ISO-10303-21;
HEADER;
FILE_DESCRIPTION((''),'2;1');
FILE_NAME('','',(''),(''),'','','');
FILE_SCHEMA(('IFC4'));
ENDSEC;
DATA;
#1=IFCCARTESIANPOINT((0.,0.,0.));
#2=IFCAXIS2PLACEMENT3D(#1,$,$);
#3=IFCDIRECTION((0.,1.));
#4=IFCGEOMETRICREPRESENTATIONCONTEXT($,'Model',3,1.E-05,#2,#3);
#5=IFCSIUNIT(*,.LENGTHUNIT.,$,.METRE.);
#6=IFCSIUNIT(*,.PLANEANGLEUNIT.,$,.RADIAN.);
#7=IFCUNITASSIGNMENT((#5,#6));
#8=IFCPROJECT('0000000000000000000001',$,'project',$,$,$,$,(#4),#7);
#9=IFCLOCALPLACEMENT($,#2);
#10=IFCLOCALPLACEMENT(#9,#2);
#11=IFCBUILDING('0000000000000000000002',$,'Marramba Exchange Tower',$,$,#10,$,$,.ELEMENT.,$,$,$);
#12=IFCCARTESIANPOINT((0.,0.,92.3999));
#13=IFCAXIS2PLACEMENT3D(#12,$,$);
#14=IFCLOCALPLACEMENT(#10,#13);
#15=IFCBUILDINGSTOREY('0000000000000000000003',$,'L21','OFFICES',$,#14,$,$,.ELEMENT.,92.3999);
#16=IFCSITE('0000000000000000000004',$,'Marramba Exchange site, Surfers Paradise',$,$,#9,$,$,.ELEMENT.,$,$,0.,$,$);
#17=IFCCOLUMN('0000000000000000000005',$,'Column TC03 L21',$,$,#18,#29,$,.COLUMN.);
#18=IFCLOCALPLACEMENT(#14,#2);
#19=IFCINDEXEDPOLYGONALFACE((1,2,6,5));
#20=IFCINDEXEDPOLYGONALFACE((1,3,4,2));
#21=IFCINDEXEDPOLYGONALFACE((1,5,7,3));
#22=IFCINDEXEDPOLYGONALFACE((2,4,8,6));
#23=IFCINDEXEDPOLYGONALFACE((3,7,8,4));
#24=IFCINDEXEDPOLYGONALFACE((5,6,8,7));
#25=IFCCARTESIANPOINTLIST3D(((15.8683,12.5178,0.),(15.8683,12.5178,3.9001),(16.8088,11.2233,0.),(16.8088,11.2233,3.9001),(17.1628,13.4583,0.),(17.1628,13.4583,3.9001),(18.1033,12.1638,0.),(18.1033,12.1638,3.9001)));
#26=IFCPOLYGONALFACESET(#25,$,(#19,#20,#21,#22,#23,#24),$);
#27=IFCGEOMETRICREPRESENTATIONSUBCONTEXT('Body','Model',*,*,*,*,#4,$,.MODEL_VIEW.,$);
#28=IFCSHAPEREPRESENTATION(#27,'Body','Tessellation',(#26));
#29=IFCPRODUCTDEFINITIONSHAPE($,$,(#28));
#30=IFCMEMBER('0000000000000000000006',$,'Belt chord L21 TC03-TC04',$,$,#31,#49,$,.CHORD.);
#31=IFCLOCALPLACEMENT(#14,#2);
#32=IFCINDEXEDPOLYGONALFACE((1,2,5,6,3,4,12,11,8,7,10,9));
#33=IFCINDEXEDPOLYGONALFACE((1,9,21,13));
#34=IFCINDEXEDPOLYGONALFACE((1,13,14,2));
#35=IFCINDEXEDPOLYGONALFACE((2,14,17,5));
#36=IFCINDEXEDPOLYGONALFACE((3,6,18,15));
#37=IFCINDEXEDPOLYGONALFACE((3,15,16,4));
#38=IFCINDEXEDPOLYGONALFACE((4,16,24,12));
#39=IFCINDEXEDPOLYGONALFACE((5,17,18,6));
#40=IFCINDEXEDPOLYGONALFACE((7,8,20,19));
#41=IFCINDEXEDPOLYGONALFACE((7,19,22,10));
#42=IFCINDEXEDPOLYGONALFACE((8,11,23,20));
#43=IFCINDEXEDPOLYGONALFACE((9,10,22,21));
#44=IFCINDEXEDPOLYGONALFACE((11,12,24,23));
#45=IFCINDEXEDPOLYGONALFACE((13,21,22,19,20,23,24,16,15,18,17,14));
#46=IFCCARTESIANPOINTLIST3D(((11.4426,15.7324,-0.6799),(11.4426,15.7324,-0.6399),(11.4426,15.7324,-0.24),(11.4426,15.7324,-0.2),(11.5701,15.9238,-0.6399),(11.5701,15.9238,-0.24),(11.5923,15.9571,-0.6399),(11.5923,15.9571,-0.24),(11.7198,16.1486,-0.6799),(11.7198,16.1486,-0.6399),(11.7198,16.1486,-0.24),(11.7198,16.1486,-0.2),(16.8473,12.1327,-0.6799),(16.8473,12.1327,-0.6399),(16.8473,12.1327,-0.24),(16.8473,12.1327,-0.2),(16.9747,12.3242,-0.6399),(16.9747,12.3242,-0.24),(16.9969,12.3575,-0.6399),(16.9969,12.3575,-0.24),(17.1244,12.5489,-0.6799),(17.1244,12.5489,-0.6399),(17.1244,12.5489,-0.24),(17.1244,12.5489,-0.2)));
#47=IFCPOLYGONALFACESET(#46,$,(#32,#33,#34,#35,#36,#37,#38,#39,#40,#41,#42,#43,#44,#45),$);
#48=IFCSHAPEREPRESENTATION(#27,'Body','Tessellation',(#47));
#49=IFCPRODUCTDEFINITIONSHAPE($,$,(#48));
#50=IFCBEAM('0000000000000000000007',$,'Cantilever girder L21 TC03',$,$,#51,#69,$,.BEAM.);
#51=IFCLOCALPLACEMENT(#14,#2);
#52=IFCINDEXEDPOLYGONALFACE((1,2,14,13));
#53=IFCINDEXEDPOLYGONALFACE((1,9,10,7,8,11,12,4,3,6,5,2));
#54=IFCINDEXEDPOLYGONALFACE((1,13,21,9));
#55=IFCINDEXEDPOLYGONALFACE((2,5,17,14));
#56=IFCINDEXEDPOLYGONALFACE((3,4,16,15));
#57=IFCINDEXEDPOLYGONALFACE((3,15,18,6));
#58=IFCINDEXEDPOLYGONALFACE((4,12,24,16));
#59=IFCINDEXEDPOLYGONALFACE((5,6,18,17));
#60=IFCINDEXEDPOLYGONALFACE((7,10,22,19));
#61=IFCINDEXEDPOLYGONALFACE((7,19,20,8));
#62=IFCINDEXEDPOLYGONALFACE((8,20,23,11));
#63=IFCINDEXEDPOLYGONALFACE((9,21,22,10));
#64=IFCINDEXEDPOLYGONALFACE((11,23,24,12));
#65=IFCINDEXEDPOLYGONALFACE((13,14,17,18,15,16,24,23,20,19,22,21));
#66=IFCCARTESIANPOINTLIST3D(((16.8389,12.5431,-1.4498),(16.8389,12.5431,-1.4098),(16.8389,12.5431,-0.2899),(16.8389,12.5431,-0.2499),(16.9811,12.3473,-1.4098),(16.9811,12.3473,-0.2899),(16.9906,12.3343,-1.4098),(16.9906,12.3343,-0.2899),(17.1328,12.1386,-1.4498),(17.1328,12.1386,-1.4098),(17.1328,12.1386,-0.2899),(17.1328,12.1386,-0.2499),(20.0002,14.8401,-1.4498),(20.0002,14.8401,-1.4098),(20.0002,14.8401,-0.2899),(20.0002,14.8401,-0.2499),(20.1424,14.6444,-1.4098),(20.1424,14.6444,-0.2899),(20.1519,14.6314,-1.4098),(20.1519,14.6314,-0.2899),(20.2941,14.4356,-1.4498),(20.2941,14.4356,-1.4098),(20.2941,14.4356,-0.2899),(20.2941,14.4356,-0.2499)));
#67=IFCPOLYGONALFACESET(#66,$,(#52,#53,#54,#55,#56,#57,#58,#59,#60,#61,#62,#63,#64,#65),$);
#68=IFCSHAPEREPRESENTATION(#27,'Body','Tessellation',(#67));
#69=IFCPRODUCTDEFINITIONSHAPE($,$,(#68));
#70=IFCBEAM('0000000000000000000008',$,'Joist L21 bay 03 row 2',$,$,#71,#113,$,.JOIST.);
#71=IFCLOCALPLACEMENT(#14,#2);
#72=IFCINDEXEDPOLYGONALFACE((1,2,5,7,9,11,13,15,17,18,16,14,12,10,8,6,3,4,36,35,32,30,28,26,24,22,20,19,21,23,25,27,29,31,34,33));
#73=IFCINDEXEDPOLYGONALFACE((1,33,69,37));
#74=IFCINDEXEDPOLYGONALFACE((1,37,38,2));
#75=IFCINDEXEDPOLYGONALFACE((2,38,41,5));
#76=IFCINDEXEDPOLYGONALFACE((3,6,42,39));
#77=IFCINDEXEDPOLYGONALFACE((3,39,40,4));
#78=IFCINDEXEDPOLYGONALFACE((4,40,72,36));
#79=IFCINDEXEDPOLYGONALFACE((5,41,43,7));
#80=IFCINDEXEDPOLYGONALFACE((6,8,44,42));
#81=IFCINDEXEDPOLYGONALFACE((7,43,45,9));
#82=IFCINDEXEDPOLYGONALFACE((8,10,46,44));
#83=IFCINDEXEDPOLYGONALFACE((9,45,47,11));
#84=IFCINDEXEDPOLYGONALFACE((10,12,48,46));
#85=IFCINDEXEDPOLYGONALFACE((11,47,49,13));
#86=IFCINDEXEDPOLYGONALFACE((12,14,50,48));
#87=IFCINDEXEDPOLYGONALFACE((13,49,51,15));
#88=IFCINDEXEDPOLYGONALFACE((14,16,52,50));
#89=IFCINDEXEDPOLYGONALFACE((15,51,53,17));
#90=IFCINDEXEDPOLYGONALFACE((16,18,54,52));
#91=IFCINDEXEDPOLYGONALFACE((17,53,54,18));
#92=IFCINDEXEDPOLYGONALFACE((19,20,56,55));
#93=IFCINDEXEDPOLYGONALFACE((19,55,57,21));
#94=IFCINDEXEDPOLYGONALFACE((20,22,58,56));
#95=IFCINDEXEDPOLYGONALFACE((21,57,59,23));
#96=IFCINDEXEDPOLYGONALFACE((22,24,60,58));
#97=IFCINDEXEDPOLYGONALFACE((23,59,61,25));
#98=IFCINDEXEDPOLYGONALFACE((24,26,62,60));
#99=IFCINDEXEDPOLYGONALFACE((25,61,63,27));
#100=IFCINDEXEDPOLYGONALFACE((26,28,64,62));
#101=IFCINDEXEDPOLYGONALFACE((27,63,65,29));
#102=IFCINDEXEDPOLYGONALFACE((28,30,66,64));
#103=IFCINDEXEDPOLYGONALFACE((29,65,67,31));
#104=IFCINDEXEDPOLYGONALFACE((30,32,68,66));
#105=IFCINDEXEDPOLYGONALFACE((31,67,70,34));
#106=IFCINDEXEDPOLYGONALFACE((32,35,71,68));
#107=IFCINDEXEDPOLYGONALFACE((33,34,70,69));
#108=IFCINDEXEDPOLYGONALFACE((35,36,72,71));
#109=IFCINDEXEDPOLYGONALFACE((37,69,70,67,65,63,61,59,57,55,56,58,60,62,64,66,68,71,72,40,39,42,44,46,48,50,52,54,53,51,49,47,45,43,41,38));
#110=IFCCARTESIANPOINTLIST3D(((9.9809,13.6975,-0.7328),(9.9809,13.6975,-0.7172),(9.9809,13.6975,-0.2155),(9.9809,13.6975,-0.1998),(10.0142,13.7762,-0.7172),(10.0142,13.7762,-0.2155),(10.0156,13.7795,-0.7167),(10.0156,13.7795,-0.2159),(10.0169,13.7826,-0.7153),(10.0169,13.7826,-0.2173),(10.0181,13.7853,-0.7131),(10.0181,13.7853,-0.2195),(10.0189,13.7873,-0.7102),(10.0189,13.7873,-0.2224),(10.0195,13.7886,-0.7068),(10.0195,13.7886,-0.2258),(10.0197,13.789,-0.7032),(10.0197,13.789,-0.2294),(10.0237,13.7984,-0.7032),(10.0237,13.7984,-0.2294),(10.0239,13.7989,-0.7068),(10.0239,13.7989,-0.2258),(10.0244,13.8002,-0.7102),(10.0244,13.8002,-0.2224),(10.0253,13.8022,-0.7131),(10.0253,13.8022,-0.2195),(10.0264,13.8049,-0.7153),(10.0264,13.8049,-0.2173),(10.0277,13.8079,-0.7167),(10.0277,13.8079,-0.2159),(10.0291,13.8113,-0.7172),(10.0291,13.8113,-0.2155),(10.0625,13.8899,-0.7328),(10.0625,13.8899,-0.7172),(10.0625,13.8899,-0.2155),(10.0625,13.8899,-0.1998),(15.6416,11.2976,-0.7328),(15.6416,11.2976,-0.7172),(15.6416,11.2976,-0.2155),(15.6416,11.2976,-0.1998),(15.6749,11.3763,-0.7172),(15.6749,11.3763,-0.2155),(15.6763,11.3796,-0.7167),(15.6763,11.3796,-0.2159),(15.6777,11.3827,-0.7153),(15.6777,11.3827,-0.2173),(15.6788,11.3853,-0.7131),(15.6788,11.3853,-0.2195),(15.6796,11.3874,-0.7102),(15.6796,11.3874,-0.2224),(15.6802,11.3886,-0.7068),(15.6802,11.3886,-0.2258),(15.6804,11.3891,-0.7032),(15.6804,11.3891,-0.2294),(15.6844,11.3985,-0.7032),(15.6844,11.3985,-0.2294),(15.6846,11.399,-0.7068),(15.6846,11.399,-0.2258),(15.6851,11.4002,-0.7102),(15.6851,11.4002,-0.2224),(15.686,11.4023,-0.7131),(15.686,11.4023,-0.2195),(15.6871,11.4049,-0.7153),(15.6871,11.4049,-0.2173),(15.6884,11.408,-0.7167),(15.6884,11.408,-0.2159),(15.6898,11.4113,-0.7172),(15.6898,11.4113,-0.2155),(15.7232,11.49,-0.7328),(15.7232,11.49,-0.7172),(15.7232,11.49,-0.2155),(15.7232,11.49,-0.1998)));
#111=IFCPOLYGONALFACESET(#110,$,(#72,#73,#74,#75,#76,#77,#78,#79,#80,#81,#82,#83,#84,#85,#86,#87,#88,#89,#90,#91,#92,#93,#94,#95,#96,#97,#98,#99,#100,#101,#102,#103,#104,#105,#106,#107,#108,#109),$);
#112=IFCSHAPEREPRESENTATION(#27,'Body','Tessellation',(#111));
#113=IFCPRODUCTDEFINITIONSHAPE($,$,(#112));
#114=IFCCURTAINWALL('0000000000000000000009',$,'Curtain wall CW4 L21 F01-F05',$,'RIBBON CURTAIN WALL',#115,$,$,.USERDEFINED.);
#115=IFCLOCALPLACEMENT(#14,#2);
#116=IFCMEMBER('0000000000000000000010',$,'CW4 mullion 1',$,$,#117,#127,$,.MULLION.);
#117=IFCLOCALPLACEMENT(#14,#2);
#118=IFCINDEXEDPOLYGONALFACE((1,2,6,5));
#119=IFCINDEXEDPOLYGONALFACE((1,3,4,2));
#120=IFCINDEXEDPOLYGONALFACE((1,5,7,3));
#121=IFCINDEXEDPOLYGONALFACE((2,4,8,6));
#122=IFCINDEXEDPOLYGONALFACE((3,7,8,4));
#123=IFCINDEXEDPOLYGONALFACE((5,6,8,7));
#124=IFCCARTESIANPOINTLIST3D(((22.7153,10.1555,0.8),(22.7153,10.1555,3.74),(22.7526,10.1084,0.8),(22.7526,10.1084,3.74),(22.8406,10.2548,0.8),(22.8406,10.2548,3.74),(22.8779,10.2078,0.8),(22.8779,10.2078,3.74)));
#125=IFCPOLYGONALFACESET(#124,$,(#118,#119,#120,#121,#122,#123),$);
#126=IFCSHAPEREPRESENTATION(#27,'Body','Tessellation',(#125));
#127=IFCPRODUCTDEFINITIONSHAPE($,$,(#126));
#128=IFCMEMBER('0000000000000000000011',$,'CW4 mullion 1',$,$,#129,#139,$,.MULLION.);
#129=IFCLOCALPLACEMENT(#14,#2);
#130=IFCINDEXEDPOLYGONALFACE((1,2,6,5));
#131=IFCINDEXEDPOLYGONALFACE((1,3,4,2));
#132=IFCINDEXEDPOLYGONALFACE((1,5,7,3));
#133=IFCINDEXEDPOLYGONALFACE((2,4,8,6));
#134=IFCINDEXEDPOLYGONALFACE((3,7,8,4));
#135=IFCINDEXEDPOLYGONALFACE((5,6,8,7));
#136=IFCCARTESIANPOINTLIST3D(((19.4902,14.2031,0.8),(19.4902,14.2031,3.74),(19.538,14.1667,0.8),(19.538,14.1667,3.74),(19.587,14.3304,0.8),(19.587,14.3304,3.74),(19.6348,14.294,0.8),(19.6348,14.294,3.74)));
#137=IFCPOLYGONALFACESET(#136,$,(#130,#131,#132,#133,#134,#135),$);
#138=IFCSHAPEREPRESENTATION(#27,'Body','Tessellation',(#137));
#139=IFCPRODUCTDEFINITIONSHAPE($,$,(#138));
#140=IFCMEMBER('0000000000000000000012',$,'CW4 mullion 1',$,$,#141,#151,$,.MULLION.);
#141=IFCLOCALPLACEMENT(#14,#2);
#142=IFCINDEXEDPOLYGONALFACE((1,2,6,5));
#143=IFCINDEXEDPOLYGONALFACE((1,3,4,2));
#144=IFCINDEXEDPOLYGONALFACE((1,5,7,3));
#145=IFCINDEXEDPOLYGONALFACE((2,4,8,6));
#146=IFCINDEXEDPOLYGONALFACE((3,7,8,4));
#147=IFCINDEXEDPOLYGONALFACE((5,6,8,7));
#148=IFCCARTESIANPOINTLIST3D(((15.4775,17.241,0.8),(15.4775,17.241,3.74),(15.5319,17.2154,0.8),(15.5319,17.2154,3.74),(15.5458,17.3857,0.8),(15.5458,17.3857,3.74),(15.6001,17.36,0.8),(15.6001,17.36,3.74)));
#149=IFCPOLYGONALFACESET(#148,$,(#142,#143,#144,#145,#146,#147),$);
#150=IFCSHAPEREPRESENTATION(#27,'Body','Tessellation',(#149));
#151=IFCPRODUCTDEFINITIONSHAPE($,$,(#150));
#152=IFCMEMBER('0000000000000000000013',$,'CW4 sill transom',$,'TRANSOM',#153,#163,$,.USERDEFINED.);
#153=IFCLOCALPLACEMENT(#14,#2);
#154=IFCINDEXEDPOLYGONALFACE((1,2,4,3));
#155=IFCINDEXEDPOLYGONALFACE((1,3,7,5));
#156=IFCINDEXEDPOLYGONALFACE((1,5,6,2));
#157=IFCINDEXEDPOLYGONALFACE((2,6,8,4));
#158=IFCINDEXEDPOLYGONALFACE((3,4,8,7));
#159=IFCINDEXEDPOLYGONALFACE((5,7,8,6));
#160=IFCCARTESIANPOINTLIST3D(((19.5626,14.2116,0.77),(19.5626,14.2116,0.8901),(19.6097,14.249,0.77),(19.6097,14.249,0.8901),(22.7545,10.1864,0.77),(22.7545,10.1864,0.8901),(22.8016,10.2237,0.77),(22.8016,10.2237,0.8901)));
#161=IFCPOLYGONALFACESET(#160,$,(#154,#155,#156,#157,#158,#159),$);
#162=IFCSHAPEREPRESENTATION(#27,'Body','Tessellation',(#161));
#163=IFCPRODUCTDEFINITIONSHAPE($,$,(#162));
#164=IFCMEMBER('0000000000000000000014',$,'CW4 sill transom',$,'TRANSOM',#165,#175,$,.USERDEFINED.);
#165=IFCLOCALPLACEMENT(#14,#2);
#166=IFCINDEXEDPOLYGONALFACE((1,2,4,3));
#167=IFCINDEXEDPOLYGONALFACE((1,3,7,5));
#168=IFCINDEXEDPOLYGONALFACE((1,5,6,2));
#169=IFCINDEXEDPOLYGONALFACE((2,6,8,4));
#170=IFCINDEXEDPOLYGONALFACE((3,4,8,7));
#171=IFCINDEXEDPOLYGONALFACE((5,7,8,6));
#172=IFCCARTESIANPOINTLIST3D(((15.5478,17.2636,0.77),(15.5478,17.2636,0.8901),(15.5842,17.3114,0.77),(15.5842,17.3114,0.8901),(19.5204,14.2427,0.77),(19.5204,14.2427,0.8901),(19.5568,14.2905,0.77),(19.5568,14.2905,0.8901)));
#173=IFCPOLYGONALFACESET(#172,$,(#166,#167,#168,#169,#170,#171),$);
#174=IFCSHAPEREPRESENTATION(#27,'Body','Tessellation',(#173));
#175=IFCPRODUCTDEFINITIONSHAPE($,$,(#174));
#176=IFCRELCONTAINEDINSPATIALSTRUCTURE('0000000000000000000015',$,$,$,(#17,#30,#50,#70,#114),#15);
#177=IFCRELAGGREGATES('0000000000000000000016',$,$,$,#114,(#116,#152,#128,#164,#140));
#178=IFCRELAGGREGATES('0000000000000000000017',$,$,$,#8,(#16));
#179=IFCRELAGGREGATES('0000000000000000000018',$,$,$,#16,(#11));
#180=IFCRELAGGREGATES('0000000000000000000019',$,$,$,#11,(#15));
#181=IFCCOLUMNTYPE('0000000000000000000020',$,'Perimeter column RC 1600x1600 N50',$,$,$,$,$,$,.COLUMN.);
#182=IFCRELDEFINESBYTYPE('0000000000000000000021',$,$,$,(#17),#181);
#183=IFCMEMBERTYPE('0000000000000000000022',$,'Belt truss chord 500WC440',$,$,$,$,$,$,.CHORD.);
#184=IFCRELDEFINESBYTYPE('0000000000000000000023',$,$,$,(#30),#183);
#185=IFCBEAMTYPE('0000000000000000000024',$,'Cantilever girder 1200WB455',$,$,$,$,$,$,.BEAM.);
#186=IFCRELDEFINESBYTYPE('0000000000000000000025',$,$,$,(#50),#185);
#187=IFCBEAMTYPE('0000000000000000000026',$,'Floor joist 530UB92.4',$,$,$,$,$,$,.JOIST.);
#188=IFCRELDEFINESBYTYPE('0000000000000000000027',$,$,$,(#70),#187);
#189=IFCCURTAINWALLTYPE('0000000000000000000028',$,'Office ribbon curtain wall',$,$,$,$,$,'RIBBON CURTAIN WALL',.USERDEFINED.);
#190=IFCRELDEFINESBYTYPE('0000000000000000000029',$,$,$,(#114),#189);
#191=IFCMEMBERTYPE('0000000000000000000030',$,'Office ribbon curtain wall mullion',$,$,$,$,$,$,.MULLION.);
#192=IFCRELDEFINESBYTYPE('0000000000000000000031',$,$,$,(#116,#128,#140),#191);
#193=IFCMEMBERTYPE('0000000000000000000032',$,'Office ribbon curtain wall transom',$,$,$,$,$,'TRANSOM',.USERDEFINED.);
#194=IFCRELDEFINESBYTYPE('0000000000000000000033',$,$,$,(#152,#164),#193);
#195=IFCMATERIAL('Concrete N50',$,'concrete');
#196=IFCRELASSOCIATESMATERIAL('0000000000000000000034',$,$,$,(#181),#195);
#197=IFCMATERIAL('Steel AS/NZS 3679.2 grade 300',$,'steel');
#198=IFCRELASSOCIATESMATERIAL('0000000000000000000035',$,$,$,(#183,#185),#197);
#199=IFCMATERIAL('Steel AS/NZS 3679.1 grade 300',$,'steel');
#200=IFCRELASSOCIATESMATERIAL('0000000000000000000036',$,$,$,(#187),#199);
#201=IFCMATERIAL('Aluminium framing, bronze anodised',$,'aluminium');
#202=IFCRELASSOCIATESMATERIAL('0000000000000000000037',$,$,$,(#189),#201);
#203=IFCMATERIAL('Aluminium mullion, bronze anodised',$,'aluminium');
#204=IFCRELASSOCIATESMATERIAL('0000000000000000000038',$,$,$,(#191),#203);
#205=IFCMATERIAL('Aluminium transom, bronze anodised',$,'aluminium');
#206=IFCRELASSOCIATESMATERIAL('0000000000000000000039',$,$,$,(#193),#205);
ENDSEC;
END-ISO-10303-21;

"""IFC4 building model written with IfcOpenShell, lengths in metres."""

from ifc_helpers import new_model, si_unit, direction, frame, origin, origin_2d, place, context, subcontext, project, spatial, rectangle, i_section, extrude, material, material_profile, profile_set, type_object, element, aggregate, save


model = new_model("IFC4")

# Units and contexts
model_context = context("Model", 3, precision=1e-05, world=origin(), true_north=direction((0.0, 1.0)))
body_context = subcontext(model_context, "Body", "Model", "MODEL_VIEW")
ifc_project = project(units=[si_unit("LENGTHUNIT", "METRE"), si_unit("PLANEANGLEUNIT", "RADIAN")], contexts=[model_context])

# Site, building, storey
site_placement = place(None, origin())
site = spatial("IfcSite", under=ifc_project, at=site_placement, Name="Marramba Exchange site, Surfers Paradise", CompositionType="ELEMENT", RefElevation=0.0)
building_placement = place(site_placement, origin())
building = spatial("IfcBuilding", under=site, at=building_placement, Name="Marramba Exchange Tower", CompositionType="ELEMENT")
storey_placement = place(building_placement, frame((0.0, 0.0, 92.3999)))
storey = spatial("IfcBuildingStorey", under=building, at=storey_placement, Name="L21", Description="OFFICES", CompositionType="ELEMENT", Elevation=92.3999)

# Column
ifc_material_1 = material(Name="Concrete N50", Category="concrete")
ifc_material_profile_1 = material_profile(ifc_material_1, rectangle(XDim=1.6001, YDim=1.6001, at=origin_2d()), Name="RC 1600x1600")
ifc_profile_set_1 = profile_set([ifc_material_profile_1], Name="Concrete N50")
column_type = type_object("IfcColumnType", Name="Perimeter column RC 1600x1600 N50", PredefinedType="COLUMN", material=ifc_profile_set_1)
column_placement = place(storey_placement, frame((16.9858, 12.3408, 0.0), z_axis=(0.0, 0.0, 1.0), x_axis=(0.809017, 0.587785, 0.0)))
element("IfcColumn", 1, at=column_placement, inside=storey, type_object=column_type, Name="Column TC03 L21", PredefinedType="COLUMN", context=body_context, shape_type="SweptSolid", body=[
    extrude(rectangle(XDim=1.6001, YDim=1.6001, at=origin_2d()), origin(), (0.0, 0.0, 1.0), 3.9001),
])

# Member
ifc_material_2 = material(Name="Steel AS/NZS 3679.2 grade 300", Category="steel")
ifc_material_profile_2 = material_profile(ifc_material_2, i_section(OverallWidth=0.5, OverallDepth=0.48, WebThickness=0.04, FlangeThickness=0.04, at=origin_2d()), Name="500WC440")
ifc_profile_set_2 = profile_set([ifc_material_profile_2], Name="Steel AS/NZS 3679.2 grade 300")
member_type_1 = type_object("IfcMemberType", Name="Belt truss chord 500WC440", PredefinedType="CHORD", material=ifc_profile_set_2)
member_1_placement = place(storey_placement, frame((16.9858, 12.3408, -0.4399), z_axis=(-0.832293, 0.554336, 0.0), x_axis=(-0.554336, -0.832293, 0.0)))
element("IfcMember", 2, at=member_1_placement, inside=storey, type_object=member_type_1, Name="Belt chord L21 TC03-TC04", PredefinedType="CHORD", context=body_context, shape_type="SweptSolid", body=[
    extrude(i_section(OverallWidth=0.5, OverallDepth=0.48, WebThickness=0.04, FlangeThickness=0.04, at=origin_2d()), origin(), (0.0, 0.0, 1.0), 6.4937),
])

# Beams
ifc_material_profile_3 = material_profile(ifc_material_2, i_section(OverallWidth=0.5, OverallDepth=1.2, WebThickness=0.0161, FlangeThickness=0.04, at=origin_2d()), Name="1200WB455")
ifc_profile_set_3 = profile_set([ifc_material_profile_3], Name="Steel AS/NZS 3679.2 grade 300")
beam_type_1 = type_object("IfcBeamType", Name="Cantilever girder 1200WB455", PredefinedType="BEAM", material=ifc_profile_set_3)
beam_1_placement = place(storey_placement, frame((16.9858, 12.3408, -0.8499), z_axis=(0.808987, 0.587826, 0.0), x_axis=(-0.587826, 0.808987, 0.0)))
element("IfcBeam", 3, at=beam_1_placement, inside=storey, type_object=beam_type_1, Name="Cantilever girder L21 TC03", PredefinedType="BEAM", context=body_context, shape_type="SweptSolid", body=[
    extrude(i_section(OverallWidth=0.5, OverallDepth=1.2, WebThickness=0.0161, FlangeThickness=0.04, at=origin_2d()), origin(), (0.0, 0.0, 1.0), 3.9077),
])
ifc_material_3 = material(Name="Steel AS/NZS 3679.1 grade 300", Category="steel")
ifc_material_profile_4 = material_profile(ifc_material_3, i_section(OverallWidth=0.209, OverallDepth=0.533, WebThickness=0.0103, FlangeThickness=0.0156, FilletRadius=0.0139, at=origin_2d()), Name="530UB92.4")
ifc_profile_set_4 = profile_set([ifc_material_profile_4], Name="Steel AS/NZS 3679.1 grade 300")
beam_type_2 = type_object("IfcBeamType", Name="Floor joist 530UB92.4", PredefinedType="JOIST", material=ifc_profile_set_4)
beam_2_placement = place(storey_placement, frame((15.6824, 11.3938, -0.4663), z_axis=(-0.920674, 0.390332, 0.0), x_axis=(-0.390332, -0.920674, 0.0)))
element("IfcBeam", 4, at=beam_2_placement, inside=storey, type_object=beam_type_2, Name="Joist L21 bay 03 row 2", PredefinedType="JOIST", context=body_context, shape_type="SweptSolid", body=[
    extrude(i_section(OverallWidth=0.209, OverallDepth=0.533, WebThickness=0.0103, FlangeThickness=0.0156, FilletRadius=0.0139, at=origin_2d()), origin(), (0.0, 0.0, 1.0), 6.1484),
])

# Curtain wall, members
ifc_material_4 = material(Name="Aluminium framing, bronze anodised", Category="aluminium")
curtain_wall_type = type_object("IfcCurtainWallType", Name="Office ribbon curtain wall", ElementType="RIBBON CURTAIN WALL", PredefinedType="USERDEFINED", material=ifc_material_4)
curtain_wall_placement = place(storey_placement, origin())
curtain_wall = element("IfcCurtainWall", 5, at=curtain_wall_placement, inside=storey, type_object=curtain_wall_type, Name="Curtain wall CW4 L21 F01-F05", ObjectType="RIBBON CURTAIN WALL", PredefinedType="USERDEFINED")
ifc_material_5 = material(Name="Aluminium mullion, bronze anodised", Category="aluminium")
ifc_material_profile_5 = material_profile(ifc_material_5, rectangle(XDim=0.1599, YDim=0.0601, at=origin_2d()), Name="CW4 mullion 60x160")
ifc_profile_set_5 = profile_set([ifc_material_profile_5], Name="Aluminium mullion, bronze anodised")
member_type_2 = type_object("IfcMemberType", Name="Office ribbon curtain wall mullion", PredefinedType="MULLION", material=ifc_profile_set_5)
member_2_placement = place(storey_placement, frame((22.7966, 10.1816, 0.8), z_axis=(0.0, 0.0, 1.0), x_axis=(-0.783563, -0.621312, 0.0)))
member_2 = element("IfcMember", 6, at=member_2_placement, type_object=member_type_2, Name="CW4 mullion 1", PredefinedType="MULLION", context=body_context, shape_type="SweptSolid", body=[
    extrude(rectangle(XDim=0.1599, YDim=0.0601, at=origin_2d()), origin(), (0.0, 0.0, 1.0), 2.9399),
])
member_3_placement = place(storey_placement, frame((19.5625, 14.2485, 0.8), z_axis=(0.0, 0.0, 1.0), x_axis=(-0.605334, -0.795972, 0.0)))
member_3 = element("IfcMember", 7, at=member_3_placement, type_object=member_type_2, Name="CW4 mullion 1", PredefinedType="MULLION", context=body_context, shape_type="SweptSolid", body=[
    extrude(rectangle(XDim=0.1599, YDim=0.0601, at=origin_2d()), origin(), (0.0, 0.0, 1.0), 2.9399),
])
member_4_placement = place(storey_placement, frame((15.5388, 17.3005, 0.8), z_axis=(0.0, 0.0, 1.0), x_axis=(-0.426679, -0.904403, 0.0)))
member_4 = element("IfcMember", 8, at=member_4_placement, type_object=member_type_2, Name="CW4 mullion 1", PredefinedType="MULLION", context=body_context, shape_type="SweptSolid", body=[
    extrude(rectangle(XDim=0.1599, YDim=0.0601, at=origin_2d()), origin(), (0.0, 0.0, 1.0), 2.9399),
])
ifc_material_6 = material(Name="Aluminium transom, bronze anodised", Category="aluminium")
ifc_material_profile_6 = material_profile(ifc_material_6, rectangle(XDim=0.0601, YDim=0.1201, at=origin_2d()), Name="CW4 transom 60x120")
ifc_profile_set_6 = profile_set([ifc_material_profile_6], Name="Aluminium transom, bronze anodised")
member_type_3 = type_object("IfcMemberType", Name="Office ribbon curtain wall transom", ElementType="TRANSOM", PredefinedType="USERDEFINED", material=ifc_profile_set_6)
member_5_placement = place(storey_placement, frame((22.7781, 10.2051, 0.8301), z_axis=(-0.621339, 0.783542, 0.0), x_axis=(-0.783542, -0.621339, 0.0)))
member_5 = element("IfcMember", 9, at=member_5_placement, type_object=member_type_3, Name="CW4 sill transom", ObjectType="TRANSOM", PredefinedType="USERDEFINED", context=body_context, shape_type="SweptSolid", body=[
    extrude(rectangle(XDim=0.0601, YDim=0.1201, at=origin_2d()), origin(), (0.0, 0.0, 1.0), 5.1372),
])
member_6_placement = place(storey_placement, frame((19.5386, 14.2666, 0.8301), z_axis=(-0.795991, 0.605309, 0.0), x_axis=(-0.605309, -0.795991, 0.0)))
member_6 = element("IfcMember", 10, at=member_6_placement, type_object=member_type_3, Name="CW4 sill transom", ObjectType="TRANSOM", PredefinedType="USERDEFINED", context=body_context, shape_type="SweptSolid", body=[
    extrude(rectangle(XDim=0.0601, YDim=0.1201, at=origin_2d()), origin(), (0.0, 0.0, 1.0), 4.9907),
])

aggregate(curtain_wall, [member_2, member_5, member_3, member_6, member_4])

save(model, "model.ifc")
